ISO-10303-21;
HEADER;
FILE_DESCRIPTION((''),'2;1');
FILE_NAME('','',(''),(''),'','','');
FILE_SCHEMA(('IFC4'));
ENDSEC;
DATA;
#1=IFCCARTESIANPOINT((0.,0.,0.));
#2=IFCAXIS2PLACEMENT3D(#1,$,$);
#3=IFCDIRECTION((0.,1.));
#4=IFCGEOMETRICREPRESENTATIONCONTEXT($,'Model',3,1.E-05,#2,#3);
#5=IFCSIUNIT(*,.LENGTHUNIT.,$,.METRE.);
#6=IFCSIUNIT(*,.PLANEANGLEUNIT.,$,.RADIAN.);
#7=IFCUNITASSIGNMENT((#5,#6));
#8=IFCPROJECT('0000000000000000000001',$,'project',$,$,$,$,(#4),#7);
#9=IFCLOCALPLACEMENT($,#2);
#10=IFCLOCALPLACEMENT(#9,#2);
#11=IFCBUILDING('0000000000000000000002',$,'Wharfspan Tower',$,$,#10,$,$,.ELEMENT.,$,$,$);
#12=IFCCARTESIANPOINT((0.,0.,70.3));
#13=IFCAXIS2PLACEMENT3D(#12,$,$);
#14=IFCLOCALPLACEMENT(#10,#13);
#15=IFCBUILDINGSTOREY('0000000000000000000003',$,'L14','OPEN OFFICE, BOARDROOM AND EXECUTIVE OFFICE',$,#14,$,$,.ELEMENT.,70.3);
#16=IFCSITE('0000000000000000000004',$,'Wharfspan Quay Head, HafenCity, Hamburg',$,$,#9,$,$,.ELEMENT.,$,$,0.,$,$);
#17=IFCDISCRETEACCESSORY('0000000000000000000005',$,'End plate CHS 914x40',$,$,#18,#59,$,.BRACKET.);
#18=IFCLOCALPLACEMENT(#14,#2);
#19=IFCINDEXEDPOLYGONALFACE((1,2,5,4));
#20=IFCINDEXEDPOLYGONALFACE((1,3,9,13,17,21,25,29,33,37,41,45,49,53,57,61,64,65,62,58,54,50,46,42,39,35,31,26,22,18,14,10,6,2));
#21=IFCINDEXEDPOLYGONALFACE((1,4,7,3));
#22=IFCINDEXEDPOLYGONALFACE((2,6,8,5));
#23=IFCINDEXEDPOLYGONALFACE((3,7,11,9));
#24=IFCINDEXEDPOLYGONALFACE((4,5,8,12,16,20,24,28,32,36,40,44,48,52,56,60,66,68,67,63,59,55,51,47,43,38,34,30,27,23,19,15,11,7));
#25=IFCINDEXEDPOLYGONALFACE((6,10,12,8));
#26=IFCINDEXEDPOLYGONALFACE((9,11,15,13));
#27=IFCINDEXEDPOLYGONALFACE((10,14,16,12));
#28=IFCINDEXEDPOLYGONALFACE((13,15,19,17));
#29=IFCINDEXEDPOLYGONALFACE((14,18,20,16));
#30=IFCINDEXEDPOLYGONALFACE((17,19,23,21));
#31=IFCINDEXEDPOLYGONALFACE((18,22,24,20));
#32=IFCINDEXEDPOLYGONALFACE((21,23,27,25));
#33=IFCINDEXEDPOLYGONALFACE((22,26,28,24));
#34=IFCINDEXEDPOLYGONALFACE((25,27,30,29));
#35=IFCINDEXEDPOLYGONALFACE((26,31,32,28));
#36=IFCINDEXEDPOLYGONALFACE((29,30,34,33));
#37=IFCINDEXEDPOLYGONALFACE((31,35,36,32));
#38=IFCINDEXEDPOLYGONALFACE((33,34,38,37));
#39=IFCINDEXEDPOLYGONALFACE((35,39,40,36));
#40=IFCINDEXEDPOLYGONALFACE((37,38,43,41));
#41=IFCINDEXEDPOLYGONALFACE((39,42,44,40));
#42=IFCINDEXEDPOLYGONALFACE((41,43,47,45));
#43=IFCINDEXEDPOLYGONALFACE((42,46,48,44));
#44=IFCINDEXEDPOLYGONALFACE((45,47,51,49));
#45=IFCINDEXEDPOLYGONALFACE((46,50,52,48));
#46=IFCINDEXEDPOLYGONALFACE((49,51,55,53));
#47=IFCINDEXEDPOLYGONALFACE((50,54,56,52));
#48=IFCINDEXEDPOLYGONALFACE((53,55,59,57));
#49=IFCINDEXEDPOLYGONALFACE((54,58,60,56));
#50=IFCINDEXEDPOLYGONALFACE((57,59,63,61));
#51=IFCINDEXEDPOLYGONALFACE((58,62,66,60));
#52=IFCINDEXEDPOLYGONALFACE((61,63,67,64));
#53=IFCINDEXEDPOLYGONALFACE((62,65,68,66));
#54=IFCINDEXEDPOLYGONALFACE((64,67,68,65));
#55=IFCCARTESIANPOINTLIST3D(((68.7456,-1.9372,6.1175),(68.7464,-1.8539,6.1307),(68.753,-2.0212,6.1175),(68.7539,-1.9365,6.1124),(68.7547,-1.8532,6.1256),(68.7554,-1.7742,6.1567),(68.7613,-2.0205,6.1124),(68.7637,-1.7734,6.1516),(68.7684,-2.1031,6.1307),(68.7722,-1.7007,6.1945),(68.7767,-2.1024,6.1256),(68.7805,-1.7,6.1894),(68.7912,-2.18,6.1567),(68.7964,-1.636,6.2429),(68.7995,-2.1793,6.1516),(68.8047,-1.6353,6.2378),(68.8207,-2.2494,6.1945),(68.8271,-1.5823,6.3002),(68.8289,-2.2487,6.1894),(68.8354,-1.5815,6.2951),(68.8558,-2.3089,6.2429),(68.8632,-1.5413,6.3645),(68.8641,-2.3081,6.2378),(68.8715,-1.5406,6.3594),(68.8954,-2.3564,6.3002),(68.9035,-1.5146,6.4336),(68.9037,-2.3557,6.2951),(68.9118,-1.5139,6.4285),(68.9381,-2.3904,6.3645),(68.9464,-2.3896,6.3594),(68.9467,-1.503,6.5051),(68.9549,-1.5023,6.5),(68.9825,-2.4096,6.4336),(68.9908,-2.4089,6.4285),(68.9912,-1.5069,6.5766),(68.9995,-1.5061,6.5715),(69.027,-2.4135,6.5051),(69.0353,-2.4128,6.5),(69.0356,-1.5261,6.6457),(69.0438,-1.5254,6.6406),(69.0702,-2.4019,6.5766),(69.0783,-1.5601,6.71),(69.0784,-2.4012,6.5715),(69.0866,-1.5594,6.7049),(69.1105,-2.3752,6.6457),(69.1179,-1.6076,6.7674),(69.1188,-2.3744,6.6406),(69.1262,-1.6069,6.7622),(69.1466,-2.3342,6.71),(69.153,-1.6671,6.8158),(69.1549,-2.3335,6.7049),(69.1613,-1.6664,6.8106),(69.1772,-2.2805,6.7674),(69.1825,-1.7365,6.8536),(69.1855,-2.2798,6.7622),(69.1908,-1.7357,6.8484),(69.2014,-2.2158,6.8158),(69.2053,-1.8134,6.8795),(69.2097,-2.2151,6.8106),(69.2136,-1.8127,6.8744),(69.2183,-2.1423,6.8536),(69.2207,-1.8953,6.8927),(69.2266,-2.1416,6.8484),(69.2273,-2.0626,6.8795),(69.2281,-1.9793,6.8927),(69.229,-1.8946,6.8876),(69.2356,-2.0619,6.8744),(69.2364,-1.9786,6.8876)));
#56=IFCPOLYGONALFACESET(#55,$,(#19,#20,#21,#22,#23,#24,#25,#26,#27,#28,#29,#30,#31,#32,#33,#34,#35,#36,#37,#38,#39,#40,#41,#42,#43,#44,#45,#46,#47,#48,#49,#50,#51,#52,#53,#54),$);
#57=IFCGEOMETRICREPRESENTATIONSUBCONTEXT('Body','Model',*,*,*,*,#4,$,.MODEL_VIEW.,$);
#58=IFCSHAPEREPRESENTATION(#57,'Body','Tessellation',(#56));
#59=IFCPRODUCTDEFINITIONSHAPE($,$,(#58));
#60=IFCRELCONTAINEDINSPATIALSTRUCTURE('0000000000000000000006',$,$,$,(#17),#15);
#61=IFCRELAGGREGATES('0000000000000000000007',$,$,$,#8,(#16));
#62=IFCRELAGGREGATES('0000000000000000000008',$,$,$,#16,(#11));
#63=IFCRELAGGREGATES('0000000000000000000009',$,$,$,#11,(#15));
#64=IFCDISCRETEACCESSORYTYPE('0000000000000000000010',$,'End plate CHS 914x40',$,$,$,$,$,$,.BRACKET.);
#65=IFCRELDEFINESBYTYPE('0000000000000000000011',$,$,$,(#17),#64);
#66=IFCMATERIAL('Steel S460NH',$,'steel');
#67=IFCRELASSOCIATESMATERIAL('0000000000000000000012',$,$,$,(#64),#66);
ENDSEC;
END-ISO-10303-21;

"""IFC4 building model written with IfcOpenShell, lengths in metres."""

from ifc_helpers import new_model, si_unit, direction, frame, origin, origin_2d, place, context, subcontext, project, spatial, circle, extrude, material, material_profile, profile_set, type_object, element, save


model = new_model("IFC4")

# Units and contexts
model_context = context("Model", 3, precision=1e-05, world=origin(), true_north=direction((0.0, 1.0)))
body_context = subcontext(model_context, "Body", "Model", "MODEL_VIEW")
ifc_project = project(units=[si_unit("LENGTHUNIT", "METRE"), si_unit("PLANEANGLEUNIT", "RADIAN")], contexts=[model_context])

# Site, building, storey
site_placement = place(None, origin())
site = spatial("IfcSite", under=ifc_project, at=site_placement, Name="Wharfspan Quay Head, HafenCity, Hamburg", CompositionType="ELEMENT", RefElevation=0.0)
building_placement = place(site_placement, origin())
building = spatial("IfcBuilding", under=site, at=building_placement, Name="Wharfspan Tower", CompositionType="ELEMENT")
storey_placement = place(building_placement, frame((0.0, 0.0, 70.3)))
storey = spatial("IfcBuildingStorey", under=building, at=storey_placement, Name="L14", Description="OPEN OFFICE, BOARDROOM AND EXECUTIVE OFFICE", CompositionType="ELEMENT", Elevation=70.3)

# Discrete accessory
ifc_material_1 = material(Name="Steel S460NH", Category="steel")
ifc_material_profile_1 = material_profile(ifc_material_1, circle(Radius=0.457, at=origin_2d()))
ifc_profile_set_1 = profile_set([ifc_material_profile_1], Name="Steel S460NH")
discrete_accessory_type = type_object("IfcDiscreteAccessoryType", Name="End plate CHS 914x40", PredefinedType="BRACKET", material=ifc_profile_set_1)
discrete_accessory_placement = place(storey_placement, frame((68.9951, -1.9575, 6.5), z_axis=(-0.848411, -0.07486, 0.524018), x_axis=(0.087893, -0.996132, -0.000002)))
element("IfcDiscreteAccessory", 1, at=discrete_accessory_placement, inside=storey, type_object=discrete_accessory_type, Name="End plate CHS 914x40", PredefinedType="BRACKET", context=body_context, shape_type="SweptSolid", body=[
    extrude(circle(Radius=0.457, at=origin_2d()), origin(), (0.0, 0.0, 1.0), 0.0098),
])

save(model, "model.ifc")
